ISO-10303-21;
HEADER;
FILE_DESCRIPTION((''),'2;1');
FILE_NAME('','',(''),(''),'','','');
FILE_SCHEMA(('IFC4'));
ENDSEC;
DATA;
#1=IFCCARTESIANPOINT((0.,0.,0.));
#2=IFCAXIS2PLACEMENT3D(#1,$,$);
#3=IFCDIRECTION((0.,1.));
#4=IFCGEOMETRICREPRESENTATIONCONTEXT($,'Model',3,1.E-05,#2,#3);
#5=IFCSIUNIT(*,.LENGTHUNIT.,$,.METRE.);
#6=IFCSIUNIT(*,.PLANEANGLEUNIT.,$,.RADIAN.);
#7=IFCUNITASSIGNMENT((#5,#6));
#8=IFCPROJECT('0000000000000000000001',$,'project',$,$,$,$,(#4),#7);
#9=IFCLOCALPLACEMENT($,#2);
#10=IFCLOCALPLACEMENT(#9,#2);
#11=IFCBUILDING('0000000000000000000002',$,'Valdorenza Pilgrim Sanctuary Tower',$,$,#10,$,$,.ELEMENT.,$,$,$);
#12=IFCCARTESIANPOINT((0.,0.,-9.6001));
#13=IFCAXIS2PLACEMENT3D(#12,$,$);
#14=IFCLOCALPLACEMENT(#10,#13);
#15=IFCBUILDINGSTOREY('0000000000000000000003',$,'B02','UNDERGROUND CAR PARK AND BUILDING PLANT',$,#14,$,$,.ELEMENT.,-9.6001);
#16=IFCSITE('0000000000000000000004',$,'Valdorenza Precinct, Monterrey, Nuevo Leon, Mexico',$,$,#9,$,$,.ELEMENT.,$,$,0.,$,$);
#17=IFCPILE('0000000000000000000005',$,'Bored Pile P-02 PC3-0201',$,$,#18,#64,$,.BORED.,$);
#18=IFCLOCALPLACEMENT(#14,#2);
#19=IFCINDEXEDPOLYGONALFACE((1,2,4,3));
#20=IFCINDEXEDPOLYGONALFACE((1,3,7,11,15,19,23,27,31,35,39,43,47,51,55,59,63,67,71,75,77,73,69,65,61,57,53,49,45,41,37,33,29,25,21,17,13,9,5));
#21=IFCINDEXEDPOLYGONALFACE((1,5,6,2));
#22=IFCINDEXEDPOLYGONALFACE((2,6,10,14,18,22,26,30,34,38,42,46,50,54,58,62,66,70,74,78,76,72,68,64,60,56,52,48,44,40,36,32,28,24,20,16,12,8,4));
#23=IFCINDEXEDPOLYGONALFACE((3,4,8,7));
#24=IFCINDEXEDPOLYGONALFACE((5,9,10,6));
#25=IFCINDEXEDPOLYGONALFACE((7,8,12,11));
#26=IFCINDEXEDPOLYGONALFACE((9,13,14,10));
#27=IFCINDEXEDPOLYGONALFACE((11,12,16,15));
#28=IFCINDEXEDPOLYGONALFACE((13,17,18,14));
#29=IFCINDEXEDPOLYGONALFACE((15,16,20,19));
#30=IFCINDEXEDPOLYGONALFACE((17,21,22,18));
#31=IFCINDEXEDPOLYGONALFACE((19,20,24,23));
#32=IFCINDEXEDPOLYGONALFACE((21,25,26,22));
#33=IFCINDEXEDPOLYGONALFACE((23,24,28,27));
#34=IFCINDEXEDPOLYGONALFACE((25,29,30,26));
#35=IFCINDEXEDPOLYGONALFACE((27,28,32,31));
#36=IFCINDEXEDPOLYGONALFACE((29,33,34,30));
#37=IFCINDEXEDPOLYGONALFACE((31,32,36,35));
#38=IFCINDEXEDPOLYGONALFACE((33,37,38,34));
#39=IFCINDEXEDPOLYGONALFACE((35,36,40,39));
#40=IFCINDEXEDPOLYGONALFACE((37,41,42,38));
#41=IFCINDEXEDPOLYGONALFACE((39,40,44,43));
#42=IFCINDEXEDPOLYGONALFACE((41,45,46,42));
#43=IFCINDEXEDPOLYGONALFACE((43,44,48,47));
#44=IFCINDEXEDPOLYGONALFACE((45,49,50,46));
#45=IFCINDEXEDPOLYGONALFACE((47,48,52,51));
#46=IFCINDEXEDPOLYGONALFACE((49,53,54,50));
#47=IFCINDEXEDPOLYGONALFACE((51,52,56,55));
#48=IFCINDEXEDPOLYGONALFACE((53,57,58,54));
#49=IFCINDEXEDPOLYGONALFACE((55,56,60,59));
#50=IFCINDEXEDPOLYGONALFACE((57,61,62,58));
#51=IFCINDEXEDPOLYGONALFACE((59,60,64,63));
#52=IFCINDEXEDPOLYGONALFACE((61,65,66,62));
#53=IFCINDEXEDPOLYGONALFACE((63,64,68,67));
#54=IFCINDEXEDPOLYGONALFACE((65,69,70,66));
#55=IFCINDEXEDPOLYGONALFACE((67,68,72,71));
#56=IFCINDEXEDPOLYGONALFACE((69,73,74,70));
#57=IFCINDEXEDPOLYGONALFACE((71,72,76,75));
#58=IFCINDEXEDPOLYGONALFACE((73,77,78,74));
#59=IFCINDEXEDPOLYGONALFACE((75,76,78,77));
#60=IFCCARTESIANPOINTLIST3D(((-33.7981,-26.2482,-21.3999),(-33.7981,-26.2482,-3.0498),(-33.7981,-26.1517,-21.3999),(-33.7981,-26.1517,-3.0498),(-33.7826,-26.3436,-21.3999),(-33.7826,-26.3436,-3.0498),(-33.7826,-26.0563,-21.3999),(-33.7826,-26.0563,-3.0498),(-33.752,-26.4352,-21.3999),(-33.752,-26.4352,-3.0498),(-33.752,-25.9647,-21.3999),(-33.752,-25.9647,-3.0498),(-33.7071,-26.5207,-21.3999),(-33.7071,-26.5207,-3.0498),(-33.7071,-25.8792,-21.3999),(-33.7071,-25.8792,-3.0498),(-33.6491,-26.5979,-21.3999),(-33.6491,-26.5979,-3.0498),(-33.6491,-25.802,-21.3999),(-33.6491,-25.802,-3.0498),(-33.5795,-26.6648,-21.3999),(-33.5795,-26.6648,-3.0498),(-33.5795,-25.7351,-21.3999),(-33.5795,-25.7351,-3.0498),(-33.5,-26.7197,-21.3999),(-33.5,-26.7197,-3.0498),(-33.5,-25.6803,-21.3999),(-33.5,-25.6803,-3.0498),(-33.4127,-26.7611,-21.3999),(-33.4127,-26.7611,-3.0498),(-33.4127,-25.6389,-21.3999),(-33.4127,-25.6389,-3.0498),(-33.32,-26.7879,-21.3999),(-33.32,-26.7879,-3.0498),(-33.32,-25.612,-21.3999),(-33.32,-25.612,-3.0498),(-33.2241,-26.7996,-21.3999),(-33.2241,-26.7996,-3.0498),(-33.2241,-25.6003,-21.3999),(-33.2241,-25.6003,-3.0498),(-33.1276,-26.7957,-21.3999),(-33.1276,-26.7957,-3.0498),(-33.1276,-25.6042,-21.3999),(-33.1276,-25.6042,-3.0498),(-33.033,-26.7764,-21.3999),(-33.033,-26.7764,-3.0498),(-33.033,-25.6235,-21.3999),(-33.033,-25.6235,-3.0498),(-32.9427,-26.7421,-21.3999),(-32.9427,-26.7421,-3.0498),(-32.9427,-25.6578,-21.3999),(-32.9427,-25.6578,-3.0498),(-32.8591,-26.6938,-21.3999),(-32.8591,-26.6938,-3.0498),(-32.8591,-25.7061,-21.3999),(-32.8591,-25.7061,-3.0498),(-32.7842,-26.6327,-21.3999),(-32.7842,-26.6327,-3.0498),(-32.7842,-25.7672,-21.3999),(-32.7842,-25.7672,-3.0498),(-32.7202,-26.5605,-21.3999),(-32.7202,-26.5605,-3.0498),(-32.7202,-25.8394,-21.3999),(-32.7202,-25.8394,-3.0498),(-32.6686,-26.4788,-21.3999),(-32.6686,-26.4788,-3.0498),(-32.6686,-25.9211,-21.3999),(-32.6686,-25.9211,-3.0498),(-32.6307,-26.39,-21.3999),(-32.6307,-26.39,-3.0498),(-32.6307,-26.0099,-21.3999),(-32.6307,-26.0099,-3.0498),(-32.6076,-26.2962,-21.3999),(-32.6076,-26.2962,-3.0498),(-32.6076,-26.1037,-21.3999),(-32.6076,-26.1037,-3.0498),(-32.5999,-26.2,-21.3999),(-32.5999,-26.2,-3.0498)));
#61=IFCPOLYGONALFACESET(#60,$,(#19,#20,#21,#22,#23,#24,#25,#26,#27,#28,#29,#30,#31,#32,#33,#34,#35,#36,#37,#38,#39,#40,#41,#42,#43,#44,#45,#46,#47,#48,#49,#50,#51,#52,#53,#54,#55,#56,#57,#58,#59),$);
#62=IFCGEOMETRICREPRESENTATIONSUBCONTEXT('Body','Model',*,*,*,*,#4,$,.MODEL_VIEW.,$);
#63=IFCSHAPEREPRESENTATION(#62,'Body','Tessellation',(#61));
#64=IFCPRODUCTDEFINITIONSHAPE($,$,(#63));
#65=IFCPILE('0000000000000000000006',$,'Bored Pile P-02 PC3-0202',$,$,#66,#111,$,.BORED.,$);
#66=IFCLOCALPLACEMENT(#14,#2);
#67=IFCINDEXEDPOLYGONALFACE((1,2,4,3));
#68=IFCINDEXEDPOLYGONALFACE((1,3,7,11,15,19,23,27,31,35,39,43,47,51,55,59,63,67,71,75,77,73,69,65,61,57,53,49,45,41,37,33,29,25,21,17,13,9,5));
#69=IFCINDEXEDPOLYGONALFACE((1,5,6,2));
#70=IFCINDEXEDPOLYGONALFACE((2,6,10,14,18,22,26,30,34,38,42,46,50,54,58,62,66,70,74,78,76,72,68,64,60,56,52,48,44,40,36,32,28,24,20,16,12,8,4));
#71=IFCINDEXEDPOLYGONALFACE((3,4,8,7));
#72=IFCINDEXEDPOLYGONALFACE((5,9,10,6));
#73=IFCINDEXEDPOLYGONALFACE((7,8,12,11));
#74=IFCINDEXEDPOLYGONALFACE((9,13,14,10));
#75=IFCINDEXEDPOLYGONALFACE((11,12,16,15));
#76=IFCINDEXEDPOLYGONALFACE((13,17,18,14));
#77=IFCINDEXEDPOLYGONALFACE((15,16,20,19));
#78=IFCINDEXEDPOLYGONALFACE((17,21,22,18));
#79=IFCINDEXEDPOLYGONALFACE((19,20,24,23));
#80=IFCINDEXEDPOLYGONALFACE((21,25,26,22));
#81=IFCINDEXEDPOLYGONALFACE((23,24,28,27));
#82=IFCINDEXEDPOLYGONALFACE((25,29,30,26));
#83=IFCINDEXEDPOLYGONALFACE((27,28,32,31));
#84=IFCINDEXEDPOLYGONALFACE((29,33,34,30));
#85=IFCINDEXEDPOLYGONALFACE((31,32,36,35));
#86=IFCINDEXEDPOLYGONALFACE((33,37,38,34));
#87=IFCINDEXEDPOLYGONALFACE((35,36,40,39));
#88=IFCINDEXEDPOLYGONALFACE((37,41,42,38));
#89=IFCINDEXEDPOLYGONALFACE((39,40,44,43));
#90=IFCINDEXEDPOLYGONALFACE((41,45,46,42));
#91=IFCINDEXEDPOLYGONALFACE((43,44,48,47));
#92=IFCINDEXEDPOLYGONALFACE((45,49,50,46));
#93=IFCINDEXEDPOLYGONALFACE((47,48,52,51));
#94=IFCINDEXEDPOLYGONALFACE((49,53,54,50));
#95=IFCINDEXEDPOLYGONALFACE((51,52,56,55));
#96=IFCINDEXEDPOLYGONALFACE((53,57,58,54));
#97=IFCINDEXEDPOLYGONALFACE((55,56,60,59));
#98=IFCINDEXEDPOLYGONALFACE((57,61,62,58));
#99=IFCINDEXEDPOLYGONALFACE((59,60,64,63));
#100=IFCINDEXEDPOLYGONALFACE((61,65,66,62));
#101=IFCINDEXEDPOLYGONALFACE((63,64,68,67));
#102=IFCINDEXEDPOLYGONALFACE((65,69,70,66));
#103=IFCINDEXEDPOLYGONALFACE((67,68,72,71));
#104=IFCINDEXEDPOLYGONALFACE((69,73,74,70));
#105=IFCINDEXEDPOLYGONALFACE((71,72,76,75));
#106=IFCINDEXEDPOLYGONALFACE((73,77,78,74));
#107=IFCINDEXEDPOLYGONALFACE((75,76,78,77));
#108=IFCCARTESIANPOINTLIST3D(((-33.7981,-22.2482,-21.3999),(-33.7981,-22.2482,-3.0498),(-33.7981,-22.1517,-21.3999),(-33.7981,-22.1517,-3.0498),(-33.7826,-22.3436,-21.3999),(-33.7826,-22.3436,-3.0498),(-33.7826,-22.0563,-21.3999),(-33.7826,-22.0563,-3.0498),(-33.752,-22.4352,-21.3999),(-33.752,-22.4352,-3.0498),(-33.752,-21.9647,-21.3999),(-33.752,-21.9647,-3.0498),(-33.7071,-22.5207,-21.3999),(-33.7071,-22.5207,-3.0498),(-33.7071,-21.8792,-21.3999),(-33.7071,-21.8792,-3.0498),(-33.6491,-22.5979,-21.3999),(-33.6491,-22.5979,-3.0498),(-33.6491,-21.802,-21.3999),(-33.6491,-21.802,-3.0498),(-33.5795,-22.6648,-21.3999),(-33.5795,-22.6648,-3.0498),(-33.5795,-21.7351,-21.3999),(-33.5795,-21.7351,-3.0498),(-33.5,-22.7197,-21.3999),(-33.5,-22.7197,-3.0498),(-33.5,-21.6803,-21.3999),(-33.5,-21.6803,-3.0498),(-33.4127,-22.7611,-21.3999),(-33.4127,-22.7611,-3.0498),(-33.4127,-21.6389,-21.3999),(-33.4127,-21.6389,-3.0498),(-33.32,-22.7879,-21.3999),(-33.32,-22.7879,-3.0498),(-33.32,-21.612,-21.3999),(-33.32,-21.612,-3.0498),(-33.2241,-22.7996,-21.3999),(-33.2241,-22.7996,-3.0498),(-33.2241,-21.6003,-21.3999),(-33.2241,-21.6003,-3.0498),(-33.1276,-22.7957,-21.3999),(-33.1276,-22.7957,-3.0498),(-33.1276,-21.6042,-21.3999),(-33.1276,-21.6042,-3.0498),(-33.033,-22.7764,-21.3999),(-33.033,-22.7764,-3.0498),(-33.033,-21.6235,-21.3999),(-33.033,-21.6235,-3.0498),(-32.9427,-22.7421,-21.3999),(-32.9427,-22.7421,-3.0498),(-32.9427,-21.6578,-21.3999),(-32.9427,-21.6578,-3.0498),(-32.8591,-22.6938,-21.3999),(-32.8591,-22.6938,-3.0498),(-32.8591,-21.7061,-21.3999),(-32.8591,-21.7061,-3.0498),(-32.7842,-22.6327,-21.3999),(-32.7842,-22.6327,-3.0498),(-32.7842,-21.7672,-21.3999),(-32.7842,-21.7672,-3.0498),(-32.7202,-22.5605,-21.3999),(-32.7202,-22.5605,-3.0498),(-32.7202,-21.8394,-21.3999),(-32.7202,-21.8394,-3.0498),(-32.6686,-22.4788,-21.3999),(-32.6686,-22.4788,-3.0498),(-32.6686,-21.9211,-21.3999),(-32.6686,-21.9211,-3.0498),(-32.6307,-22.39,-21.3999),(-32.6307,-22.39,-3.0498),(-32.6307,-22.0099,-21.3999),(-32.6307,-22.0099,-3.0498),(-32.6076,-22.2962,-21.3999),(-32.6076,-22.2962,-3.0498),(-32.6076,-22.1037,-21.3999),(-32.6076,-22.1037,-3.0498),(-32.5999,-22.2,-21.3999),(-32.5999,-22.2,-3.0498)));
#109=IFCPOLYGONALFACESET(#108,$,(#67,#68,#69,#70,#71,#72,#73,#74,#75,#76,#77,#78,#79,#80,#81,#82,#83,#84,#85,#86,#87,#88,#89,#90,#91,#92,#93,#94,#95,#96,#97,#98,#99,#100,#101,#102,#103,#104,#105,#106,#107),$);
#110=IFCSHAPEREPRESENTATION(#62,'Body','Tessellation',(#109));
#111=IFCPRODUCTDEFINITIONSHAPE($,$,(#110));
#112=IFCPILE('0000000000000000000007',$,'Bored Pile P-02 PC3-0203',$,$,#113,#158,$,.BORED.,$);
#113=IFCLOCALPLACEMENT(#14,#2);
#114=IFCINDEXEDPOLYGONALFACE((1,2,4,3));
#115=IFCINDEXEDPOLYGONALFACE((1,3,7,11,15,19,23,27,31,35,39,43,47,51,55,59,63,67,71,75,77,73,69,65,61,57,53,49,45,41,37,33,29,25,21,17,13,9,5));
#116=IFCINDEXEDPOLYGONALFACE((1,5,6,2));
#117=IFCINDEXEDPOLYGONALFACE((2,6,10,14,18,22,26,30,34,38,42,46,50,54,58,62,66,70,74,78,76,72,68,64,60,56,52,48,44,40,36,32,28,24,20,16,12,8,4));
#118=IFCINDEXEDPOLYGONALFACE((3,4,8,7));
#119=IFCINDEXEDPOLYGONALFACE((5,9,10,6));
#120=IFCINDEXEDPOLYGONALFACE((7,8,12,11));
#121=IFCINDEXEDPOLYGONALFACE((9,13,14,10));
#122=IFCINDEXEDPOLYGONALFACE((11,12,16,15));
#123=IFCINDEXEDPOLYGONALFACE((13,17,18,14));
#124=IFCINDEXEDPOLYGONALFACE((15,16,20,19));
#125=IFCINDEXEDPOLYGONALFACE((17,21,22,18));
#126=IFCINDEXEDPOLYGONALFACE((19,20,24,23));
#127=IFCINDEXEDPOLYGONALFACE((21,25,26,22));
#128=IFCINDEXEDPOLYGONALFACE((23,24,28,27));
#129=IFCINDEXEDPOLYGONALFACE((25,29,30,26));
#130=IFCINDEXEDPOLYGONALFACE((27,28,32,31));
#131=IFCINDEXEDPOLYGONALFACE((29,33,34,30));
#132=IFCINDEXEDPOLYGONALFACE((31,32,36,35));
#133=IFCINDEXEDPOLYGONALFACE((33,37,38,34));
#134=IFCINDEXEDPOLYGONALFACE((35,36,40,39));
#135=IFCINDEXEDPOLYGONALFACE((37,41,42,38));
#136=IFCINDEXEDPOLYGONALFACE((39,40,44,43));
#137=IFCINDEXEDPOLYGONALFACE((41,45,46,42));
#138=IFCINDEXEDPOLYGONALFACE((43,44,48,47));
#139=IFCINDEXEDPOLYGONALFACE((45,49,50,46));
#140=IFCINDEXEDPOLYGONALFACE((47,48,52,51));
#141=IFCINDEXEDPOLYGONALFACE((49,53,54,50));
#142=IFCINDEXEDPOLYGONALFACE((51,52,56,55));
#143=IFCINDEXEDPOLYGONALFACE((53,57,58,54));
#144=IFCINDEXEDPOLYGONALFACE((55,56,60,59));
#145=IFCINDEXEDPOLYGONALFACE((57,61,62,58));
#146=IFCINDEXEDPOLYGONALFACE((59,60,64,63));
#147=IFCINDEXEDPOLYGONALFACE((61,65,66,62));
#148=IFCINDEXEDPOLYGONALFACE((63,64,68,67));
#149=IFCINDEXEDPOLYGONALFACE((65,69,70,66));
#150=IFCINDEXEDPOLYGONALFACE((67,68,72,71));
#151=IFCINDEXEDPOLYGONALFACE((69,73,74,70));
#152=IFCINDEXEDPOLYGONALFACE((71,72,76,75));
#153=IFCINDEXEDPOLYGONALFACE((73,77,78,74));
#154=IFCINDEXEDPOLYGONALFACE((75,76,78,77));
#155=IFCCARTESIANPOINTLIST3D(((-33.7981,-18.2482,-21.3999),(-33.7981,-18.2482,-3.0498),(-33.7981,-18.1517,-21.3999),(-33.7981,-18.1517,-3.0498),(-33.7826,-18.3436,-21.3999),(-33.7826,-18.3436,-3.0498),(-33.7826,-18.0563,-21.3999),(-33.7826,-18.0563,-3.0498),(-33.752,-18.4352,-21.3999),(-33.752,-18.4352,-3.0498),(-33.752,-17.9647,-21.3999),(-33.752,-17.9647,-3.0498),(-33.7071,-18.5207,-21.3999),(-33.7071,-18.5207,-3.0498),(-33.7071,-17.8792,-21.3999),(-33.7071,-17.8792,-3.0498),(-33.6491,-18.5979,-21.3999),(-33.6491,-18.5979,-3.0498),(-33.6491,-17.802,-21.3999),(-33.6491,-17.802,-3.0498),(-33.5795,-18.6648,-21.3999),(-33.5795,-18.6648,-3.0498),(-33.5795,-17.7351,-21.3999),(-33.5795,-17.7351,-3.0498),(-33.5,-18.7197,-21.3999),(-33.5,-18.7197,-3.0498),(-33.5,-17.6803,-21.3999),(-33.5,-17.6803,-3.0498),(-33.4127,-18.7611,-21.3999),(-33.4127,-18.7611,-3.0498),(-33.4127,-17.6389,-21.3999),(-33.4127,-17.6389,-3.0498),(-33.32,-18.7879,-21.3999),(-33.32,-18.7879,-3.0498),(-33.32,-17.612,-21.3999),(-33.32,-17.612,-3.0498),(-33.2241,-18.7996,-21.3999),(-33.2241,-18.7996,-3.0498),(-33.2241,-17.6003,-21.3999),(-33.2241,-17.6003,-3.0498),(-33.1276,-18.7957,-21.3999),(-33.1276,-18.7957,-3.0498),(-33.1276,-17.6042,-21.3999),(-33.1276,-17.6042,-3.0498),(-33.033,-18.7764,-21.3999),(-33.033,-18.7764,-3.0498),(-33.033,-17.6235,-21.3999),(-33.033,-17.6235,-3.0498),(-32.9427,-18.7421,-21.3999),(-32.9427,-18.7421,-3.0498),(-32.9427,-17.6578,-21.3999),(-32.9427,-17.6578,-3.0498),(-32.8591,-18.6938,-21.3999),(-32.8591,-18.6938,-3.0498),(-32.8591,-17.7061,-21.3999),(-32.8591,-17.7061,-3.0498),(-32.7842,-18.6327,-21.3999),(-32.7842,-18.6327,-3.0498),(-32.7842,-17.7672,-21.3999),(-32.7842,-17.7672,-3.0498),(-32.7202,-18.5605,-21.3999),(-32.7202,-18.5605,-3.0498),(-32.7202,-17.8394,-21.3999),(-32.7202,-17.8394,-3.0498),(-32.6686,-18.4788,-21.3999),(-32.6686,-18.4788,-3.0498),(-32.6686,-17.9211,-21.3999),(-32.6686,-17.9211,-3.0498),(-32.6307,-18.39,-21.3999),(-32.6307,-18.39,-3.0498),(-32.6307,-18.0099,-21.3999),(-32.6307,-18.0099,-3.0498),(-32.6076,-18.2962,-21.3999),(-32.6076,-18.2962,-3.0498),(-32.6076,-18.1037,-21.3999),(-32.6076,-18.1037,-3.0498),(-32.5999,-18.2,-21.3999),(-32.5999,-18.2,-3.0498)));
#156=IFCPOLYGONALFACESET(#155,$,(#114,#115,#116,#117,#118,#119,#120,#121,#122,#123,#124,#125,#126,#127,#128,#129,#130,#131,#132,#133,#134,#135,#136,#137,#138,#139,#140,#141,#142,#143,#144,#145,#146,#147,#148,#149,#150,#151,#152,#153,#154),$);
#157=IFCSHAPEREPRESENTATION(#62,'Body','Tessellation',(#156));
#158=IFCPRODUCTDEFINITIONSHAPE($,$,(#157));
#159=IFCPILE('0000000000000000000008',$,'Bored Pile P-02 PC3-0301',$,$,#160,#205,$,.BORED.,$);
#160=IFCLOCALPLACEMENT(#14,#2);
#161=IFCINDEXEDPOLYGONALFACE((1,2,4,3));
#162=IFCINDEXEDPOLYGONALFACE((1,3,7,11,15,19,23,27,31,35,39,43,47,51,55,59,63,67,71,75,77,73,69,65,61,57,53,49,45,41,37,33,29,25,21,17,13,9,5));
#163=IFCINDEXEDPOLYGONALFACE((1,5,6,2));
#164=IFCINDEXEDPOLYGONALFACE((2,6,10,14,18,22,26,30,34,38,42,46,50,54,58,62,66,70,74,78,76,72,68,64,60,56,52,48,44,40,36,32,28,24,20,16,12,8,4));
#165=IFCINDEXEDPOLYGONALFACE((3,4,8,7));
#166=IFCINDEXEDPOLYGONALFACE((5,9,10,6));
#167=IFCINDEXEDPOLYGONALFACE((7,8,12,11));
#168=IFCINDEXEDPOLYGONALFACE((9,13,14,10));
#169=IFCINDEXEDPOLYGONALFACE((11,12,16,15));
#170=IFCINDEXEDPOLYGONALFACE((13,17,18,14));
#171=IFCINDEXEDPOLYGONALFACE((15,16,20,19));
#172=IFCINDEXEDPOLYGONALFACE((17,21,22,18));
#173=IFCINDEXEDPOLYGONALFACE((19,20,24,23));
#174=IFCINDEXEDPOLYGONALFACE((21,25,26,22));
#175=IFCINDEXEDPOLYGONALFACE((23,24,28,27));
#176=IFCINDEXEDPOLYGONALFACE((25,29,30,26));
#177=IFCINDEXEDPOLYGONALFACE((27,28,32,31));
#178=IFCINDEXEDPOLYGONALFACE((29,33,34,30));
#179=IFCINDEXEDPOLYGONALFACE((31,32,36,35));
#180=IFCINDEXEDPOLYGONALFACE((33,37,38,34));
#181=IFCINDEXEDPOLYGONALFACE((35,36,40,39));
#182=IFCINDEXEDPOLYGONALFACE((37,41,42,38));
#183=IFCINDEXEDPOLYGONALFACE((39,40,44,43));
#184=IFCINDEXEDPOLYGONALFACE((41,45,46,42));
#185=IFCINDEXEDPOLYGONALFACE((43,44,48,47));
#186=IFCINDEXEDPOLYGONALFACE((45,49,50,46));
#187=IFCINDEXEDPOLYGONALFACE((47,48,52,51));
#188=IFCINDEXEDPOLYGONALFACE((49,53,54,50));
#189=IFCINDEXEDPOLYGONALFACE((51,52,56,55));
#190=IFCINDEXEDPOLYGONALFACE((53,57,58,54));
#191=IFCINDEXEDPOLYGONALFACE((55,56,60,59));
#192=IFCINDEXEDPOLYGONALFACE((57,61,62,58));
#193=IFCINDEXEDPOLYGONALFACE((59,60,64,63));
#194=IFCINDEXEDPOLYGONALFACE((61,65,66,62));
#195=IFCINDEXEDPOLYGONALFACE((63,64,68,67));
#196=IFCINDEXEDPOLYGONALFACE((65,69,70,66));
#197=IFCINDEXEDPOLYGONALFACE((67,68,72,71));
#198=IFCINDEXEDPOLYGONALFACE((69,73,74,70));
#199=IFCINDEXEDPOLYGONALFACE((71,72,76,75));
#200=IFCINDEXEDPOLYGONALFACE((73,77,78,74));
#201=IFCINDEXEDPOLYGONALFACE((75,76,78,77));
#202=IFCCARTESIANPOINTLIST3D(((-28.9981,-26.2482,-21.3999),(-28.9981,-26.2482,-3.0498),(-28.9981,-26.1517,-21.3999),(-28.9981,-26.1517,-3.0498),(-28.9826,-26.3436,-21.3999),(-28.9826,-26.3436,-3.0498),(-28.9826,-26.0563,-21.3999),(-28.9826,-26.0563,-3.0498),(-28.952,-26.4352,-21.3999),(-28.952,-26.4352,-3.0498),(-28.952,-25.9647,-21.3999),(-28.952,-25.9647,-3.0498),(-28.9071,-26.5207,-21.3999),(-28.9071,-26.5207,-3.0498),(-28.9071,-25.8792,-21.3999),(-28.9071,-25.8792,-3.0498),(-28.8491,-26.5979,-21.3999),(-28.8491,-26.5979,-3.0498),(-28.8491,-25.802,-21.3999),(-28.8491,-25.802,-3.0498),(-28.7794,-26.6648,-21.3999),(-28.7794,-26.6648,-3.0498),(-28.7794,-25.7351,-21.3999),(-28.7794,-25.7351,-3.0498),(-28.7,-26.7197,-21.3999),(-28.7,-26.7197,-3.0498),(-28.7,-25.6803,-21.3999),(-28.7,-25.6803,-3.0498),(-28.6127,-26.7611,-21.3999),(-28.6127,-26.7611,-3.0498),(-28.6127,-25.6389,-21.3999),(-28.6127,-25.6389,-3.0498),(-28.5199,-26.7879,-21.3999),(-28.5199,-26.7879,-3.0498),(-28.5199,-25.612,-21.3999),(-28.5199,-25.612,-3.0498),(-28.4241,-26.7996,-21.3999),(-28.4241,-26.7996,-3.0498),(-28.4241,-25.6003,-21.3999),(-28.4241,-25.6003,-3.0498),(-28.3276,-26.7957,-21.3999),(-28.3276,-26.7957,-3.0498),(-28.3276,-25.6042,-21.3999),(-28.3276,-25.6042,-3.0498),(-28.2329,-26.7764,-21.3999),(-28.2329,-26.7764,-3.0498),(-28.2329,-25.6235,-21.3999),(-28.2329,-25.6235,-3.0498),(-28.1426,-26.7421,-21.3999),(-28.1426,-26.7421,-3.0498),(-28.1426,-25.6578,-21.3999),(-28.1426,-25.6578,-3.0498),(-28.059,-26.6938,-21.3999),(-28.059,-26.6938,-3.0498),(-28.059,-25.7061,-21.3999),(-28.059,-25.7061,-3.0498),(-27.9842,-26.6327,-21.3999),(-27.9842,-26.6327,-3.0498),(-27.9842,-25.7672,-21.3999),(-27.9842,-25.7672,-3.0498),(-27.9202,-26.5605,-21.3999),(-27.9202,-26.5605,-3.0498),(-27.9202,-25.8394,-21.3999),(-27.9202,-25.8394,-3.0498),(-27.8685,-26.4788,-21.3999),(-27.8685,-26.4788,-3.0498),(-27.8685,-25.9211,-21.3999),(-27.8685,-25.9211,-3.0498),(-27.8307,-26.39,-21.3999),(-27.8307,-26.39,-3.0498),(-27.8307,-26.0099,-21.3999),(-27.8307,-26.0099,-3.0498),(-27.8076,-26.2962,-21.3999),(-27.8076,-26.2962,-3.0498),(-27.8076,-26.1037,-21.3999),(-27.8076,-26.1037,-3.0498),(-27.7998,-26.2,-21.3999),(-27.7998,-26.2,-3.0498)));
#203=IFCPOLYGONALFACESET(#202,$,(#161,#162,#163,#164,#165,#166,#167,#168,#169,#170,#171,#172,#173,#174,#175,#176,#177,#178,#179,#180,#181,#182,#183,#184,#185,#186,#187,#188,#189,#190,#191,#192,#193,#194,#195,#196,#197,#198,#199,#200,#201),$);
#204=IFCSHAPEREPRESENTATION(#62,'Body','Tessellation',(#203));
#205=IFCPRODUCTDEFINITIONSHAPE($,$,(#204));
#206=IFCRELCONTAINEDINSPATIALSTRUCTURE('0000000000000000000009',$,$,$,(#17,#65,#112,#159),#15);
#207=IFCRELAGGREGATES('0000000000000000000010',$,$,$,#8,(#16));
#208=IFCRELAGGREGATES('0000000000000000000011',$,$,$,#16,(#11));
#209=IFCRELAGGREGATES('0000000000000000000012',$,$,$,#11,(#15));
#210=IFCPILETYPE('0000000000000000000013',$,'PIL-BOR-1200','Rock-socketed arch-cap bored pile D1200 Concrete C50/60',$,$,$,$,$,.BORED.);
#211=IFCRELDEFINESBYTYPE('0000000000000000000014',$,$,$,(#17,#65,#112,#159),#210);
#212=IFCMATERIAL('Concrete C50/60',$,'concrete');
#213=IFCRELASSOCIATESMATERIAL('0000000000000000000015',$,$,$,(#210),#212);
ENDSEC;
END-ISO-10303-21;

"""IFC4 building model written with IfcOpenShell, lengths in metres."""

from ifc_helpers import new_model, si_unit, direction, frame, origin, origin_2d, place, context, subcontext, project, spatial, circle, extrude, source, transform, mapped, material, material_profile, profile_set, type_object, element, save


model = new_model("IFC4")

# Units and contexts
model_context = context("Model", 3, precision=1e-05, world=origin(), true_north=direction((0.0, 1.0)))
body_context = subcontext(model_context, "Body", "Model", "MODEL_VIEW")
ifc_project = project(units=[si_unit("LENGTHUNIT", "METRE"), si_unit("PLANEANGLEUNIT", "RADIAN")], contexts=[model_context])

# Site, building, storey
site_placement = place(None, origin())
site = spatial("IfcSite", under=ifc_project, at=site_placement, Name="Valdorenza Precinct, Monterrey, Nuevo Leon, Mexico", CompositionType="ELEMENT", RefElevation=0.0)
building_placement = place(site_placement, origin())
building = spatial("IfcBuilding", under=site, at=building_placement, Name="Valdorenza Pilgrim Sanctuary Tower", CompositionType="ELEMENT")
storey_placement = place(building_placement, frame((0.0, 0.0, -9.6001)))
storey = spatial("IfcBuildingStorey", under=building, at=storey_placement, Name="B02", Description="UNDERGROUND CAR PARK AND BUILDING PLANT", CompositionType="ELEMENT", Elevation=-9.6001)

# Shared definitions
ifc_material_1 = material(Name="Concrete C50/60", Category="concrete")

# Piles
ifc_material_profile_1 = material_profile(ifc_material_1, circle(Radius=0.6001, at=origin_2d()), Name="BORED PILE 1200")
ifc_profile_set_1 = profile_set([ifc_material_profile_1], Name="Concrete C50/60")
pile_type_1 = type_object("IfcPileType", Name="PIL-BOR-1200", Description="Rock-socketed arch-cap bored pile D1200 Concrete C50/60", PredefinedType="BORED", material=ifc_profile_set_1)
shared_shape_1 = source(origin(), body_context, "Body", "SweptSolid", [
    extrude(circle(Radius=0.6001, at=origin_2d()), origin(), (0.0, 0.0, 1.0), 18.3501),
])
for number, where, z_axis, x_axis, name in (
    (1, (-33.2, -26.2, -3.0498), (0.0, 0.0, -1.0), (1.0, 0.0, 0.0), "Bored Pile P-02 PC3-0201"),
    (2, (-33.2, -22.2, -3.0498), (0.0, 0.0, -1.0), (1.0, 0.0, 0.0), "Bored Pile P-02 PC3-0202"),
    (3, (-33.2, -18.2, -3.0498), (0.0, 0.0, -1.0), (1.0, 0.0, 0.0), "Bored Pile P-02 PC3-0203"),
    (4, (-28.3999, -26.2, -3.0498), (0.0, 0.0, -1.0), (1.0, 0.0, 0.0), "Bored Pile P-02 PC3-0301"),
):
    element("IfcPile", number, at=place(storey_placement, frame(where, z_axis=z_axis, x_axis=x_axis)), inside=storey, type_object=pile_type_1, Name=name, PredefinedType="BORED", context=body_context, shape_type="MappedRepresentation", body=[
        mapped(shared_shape_1, transform((0.0, 0.0, 0.0), x_axis=(1.0, 0.0, 0.0), y_axis=(0.0, 1.0, 0.0), z_axis=(0.0, 0.0, 1.0), scale=1.0)),
    ])

save(model, "model.ifc")
